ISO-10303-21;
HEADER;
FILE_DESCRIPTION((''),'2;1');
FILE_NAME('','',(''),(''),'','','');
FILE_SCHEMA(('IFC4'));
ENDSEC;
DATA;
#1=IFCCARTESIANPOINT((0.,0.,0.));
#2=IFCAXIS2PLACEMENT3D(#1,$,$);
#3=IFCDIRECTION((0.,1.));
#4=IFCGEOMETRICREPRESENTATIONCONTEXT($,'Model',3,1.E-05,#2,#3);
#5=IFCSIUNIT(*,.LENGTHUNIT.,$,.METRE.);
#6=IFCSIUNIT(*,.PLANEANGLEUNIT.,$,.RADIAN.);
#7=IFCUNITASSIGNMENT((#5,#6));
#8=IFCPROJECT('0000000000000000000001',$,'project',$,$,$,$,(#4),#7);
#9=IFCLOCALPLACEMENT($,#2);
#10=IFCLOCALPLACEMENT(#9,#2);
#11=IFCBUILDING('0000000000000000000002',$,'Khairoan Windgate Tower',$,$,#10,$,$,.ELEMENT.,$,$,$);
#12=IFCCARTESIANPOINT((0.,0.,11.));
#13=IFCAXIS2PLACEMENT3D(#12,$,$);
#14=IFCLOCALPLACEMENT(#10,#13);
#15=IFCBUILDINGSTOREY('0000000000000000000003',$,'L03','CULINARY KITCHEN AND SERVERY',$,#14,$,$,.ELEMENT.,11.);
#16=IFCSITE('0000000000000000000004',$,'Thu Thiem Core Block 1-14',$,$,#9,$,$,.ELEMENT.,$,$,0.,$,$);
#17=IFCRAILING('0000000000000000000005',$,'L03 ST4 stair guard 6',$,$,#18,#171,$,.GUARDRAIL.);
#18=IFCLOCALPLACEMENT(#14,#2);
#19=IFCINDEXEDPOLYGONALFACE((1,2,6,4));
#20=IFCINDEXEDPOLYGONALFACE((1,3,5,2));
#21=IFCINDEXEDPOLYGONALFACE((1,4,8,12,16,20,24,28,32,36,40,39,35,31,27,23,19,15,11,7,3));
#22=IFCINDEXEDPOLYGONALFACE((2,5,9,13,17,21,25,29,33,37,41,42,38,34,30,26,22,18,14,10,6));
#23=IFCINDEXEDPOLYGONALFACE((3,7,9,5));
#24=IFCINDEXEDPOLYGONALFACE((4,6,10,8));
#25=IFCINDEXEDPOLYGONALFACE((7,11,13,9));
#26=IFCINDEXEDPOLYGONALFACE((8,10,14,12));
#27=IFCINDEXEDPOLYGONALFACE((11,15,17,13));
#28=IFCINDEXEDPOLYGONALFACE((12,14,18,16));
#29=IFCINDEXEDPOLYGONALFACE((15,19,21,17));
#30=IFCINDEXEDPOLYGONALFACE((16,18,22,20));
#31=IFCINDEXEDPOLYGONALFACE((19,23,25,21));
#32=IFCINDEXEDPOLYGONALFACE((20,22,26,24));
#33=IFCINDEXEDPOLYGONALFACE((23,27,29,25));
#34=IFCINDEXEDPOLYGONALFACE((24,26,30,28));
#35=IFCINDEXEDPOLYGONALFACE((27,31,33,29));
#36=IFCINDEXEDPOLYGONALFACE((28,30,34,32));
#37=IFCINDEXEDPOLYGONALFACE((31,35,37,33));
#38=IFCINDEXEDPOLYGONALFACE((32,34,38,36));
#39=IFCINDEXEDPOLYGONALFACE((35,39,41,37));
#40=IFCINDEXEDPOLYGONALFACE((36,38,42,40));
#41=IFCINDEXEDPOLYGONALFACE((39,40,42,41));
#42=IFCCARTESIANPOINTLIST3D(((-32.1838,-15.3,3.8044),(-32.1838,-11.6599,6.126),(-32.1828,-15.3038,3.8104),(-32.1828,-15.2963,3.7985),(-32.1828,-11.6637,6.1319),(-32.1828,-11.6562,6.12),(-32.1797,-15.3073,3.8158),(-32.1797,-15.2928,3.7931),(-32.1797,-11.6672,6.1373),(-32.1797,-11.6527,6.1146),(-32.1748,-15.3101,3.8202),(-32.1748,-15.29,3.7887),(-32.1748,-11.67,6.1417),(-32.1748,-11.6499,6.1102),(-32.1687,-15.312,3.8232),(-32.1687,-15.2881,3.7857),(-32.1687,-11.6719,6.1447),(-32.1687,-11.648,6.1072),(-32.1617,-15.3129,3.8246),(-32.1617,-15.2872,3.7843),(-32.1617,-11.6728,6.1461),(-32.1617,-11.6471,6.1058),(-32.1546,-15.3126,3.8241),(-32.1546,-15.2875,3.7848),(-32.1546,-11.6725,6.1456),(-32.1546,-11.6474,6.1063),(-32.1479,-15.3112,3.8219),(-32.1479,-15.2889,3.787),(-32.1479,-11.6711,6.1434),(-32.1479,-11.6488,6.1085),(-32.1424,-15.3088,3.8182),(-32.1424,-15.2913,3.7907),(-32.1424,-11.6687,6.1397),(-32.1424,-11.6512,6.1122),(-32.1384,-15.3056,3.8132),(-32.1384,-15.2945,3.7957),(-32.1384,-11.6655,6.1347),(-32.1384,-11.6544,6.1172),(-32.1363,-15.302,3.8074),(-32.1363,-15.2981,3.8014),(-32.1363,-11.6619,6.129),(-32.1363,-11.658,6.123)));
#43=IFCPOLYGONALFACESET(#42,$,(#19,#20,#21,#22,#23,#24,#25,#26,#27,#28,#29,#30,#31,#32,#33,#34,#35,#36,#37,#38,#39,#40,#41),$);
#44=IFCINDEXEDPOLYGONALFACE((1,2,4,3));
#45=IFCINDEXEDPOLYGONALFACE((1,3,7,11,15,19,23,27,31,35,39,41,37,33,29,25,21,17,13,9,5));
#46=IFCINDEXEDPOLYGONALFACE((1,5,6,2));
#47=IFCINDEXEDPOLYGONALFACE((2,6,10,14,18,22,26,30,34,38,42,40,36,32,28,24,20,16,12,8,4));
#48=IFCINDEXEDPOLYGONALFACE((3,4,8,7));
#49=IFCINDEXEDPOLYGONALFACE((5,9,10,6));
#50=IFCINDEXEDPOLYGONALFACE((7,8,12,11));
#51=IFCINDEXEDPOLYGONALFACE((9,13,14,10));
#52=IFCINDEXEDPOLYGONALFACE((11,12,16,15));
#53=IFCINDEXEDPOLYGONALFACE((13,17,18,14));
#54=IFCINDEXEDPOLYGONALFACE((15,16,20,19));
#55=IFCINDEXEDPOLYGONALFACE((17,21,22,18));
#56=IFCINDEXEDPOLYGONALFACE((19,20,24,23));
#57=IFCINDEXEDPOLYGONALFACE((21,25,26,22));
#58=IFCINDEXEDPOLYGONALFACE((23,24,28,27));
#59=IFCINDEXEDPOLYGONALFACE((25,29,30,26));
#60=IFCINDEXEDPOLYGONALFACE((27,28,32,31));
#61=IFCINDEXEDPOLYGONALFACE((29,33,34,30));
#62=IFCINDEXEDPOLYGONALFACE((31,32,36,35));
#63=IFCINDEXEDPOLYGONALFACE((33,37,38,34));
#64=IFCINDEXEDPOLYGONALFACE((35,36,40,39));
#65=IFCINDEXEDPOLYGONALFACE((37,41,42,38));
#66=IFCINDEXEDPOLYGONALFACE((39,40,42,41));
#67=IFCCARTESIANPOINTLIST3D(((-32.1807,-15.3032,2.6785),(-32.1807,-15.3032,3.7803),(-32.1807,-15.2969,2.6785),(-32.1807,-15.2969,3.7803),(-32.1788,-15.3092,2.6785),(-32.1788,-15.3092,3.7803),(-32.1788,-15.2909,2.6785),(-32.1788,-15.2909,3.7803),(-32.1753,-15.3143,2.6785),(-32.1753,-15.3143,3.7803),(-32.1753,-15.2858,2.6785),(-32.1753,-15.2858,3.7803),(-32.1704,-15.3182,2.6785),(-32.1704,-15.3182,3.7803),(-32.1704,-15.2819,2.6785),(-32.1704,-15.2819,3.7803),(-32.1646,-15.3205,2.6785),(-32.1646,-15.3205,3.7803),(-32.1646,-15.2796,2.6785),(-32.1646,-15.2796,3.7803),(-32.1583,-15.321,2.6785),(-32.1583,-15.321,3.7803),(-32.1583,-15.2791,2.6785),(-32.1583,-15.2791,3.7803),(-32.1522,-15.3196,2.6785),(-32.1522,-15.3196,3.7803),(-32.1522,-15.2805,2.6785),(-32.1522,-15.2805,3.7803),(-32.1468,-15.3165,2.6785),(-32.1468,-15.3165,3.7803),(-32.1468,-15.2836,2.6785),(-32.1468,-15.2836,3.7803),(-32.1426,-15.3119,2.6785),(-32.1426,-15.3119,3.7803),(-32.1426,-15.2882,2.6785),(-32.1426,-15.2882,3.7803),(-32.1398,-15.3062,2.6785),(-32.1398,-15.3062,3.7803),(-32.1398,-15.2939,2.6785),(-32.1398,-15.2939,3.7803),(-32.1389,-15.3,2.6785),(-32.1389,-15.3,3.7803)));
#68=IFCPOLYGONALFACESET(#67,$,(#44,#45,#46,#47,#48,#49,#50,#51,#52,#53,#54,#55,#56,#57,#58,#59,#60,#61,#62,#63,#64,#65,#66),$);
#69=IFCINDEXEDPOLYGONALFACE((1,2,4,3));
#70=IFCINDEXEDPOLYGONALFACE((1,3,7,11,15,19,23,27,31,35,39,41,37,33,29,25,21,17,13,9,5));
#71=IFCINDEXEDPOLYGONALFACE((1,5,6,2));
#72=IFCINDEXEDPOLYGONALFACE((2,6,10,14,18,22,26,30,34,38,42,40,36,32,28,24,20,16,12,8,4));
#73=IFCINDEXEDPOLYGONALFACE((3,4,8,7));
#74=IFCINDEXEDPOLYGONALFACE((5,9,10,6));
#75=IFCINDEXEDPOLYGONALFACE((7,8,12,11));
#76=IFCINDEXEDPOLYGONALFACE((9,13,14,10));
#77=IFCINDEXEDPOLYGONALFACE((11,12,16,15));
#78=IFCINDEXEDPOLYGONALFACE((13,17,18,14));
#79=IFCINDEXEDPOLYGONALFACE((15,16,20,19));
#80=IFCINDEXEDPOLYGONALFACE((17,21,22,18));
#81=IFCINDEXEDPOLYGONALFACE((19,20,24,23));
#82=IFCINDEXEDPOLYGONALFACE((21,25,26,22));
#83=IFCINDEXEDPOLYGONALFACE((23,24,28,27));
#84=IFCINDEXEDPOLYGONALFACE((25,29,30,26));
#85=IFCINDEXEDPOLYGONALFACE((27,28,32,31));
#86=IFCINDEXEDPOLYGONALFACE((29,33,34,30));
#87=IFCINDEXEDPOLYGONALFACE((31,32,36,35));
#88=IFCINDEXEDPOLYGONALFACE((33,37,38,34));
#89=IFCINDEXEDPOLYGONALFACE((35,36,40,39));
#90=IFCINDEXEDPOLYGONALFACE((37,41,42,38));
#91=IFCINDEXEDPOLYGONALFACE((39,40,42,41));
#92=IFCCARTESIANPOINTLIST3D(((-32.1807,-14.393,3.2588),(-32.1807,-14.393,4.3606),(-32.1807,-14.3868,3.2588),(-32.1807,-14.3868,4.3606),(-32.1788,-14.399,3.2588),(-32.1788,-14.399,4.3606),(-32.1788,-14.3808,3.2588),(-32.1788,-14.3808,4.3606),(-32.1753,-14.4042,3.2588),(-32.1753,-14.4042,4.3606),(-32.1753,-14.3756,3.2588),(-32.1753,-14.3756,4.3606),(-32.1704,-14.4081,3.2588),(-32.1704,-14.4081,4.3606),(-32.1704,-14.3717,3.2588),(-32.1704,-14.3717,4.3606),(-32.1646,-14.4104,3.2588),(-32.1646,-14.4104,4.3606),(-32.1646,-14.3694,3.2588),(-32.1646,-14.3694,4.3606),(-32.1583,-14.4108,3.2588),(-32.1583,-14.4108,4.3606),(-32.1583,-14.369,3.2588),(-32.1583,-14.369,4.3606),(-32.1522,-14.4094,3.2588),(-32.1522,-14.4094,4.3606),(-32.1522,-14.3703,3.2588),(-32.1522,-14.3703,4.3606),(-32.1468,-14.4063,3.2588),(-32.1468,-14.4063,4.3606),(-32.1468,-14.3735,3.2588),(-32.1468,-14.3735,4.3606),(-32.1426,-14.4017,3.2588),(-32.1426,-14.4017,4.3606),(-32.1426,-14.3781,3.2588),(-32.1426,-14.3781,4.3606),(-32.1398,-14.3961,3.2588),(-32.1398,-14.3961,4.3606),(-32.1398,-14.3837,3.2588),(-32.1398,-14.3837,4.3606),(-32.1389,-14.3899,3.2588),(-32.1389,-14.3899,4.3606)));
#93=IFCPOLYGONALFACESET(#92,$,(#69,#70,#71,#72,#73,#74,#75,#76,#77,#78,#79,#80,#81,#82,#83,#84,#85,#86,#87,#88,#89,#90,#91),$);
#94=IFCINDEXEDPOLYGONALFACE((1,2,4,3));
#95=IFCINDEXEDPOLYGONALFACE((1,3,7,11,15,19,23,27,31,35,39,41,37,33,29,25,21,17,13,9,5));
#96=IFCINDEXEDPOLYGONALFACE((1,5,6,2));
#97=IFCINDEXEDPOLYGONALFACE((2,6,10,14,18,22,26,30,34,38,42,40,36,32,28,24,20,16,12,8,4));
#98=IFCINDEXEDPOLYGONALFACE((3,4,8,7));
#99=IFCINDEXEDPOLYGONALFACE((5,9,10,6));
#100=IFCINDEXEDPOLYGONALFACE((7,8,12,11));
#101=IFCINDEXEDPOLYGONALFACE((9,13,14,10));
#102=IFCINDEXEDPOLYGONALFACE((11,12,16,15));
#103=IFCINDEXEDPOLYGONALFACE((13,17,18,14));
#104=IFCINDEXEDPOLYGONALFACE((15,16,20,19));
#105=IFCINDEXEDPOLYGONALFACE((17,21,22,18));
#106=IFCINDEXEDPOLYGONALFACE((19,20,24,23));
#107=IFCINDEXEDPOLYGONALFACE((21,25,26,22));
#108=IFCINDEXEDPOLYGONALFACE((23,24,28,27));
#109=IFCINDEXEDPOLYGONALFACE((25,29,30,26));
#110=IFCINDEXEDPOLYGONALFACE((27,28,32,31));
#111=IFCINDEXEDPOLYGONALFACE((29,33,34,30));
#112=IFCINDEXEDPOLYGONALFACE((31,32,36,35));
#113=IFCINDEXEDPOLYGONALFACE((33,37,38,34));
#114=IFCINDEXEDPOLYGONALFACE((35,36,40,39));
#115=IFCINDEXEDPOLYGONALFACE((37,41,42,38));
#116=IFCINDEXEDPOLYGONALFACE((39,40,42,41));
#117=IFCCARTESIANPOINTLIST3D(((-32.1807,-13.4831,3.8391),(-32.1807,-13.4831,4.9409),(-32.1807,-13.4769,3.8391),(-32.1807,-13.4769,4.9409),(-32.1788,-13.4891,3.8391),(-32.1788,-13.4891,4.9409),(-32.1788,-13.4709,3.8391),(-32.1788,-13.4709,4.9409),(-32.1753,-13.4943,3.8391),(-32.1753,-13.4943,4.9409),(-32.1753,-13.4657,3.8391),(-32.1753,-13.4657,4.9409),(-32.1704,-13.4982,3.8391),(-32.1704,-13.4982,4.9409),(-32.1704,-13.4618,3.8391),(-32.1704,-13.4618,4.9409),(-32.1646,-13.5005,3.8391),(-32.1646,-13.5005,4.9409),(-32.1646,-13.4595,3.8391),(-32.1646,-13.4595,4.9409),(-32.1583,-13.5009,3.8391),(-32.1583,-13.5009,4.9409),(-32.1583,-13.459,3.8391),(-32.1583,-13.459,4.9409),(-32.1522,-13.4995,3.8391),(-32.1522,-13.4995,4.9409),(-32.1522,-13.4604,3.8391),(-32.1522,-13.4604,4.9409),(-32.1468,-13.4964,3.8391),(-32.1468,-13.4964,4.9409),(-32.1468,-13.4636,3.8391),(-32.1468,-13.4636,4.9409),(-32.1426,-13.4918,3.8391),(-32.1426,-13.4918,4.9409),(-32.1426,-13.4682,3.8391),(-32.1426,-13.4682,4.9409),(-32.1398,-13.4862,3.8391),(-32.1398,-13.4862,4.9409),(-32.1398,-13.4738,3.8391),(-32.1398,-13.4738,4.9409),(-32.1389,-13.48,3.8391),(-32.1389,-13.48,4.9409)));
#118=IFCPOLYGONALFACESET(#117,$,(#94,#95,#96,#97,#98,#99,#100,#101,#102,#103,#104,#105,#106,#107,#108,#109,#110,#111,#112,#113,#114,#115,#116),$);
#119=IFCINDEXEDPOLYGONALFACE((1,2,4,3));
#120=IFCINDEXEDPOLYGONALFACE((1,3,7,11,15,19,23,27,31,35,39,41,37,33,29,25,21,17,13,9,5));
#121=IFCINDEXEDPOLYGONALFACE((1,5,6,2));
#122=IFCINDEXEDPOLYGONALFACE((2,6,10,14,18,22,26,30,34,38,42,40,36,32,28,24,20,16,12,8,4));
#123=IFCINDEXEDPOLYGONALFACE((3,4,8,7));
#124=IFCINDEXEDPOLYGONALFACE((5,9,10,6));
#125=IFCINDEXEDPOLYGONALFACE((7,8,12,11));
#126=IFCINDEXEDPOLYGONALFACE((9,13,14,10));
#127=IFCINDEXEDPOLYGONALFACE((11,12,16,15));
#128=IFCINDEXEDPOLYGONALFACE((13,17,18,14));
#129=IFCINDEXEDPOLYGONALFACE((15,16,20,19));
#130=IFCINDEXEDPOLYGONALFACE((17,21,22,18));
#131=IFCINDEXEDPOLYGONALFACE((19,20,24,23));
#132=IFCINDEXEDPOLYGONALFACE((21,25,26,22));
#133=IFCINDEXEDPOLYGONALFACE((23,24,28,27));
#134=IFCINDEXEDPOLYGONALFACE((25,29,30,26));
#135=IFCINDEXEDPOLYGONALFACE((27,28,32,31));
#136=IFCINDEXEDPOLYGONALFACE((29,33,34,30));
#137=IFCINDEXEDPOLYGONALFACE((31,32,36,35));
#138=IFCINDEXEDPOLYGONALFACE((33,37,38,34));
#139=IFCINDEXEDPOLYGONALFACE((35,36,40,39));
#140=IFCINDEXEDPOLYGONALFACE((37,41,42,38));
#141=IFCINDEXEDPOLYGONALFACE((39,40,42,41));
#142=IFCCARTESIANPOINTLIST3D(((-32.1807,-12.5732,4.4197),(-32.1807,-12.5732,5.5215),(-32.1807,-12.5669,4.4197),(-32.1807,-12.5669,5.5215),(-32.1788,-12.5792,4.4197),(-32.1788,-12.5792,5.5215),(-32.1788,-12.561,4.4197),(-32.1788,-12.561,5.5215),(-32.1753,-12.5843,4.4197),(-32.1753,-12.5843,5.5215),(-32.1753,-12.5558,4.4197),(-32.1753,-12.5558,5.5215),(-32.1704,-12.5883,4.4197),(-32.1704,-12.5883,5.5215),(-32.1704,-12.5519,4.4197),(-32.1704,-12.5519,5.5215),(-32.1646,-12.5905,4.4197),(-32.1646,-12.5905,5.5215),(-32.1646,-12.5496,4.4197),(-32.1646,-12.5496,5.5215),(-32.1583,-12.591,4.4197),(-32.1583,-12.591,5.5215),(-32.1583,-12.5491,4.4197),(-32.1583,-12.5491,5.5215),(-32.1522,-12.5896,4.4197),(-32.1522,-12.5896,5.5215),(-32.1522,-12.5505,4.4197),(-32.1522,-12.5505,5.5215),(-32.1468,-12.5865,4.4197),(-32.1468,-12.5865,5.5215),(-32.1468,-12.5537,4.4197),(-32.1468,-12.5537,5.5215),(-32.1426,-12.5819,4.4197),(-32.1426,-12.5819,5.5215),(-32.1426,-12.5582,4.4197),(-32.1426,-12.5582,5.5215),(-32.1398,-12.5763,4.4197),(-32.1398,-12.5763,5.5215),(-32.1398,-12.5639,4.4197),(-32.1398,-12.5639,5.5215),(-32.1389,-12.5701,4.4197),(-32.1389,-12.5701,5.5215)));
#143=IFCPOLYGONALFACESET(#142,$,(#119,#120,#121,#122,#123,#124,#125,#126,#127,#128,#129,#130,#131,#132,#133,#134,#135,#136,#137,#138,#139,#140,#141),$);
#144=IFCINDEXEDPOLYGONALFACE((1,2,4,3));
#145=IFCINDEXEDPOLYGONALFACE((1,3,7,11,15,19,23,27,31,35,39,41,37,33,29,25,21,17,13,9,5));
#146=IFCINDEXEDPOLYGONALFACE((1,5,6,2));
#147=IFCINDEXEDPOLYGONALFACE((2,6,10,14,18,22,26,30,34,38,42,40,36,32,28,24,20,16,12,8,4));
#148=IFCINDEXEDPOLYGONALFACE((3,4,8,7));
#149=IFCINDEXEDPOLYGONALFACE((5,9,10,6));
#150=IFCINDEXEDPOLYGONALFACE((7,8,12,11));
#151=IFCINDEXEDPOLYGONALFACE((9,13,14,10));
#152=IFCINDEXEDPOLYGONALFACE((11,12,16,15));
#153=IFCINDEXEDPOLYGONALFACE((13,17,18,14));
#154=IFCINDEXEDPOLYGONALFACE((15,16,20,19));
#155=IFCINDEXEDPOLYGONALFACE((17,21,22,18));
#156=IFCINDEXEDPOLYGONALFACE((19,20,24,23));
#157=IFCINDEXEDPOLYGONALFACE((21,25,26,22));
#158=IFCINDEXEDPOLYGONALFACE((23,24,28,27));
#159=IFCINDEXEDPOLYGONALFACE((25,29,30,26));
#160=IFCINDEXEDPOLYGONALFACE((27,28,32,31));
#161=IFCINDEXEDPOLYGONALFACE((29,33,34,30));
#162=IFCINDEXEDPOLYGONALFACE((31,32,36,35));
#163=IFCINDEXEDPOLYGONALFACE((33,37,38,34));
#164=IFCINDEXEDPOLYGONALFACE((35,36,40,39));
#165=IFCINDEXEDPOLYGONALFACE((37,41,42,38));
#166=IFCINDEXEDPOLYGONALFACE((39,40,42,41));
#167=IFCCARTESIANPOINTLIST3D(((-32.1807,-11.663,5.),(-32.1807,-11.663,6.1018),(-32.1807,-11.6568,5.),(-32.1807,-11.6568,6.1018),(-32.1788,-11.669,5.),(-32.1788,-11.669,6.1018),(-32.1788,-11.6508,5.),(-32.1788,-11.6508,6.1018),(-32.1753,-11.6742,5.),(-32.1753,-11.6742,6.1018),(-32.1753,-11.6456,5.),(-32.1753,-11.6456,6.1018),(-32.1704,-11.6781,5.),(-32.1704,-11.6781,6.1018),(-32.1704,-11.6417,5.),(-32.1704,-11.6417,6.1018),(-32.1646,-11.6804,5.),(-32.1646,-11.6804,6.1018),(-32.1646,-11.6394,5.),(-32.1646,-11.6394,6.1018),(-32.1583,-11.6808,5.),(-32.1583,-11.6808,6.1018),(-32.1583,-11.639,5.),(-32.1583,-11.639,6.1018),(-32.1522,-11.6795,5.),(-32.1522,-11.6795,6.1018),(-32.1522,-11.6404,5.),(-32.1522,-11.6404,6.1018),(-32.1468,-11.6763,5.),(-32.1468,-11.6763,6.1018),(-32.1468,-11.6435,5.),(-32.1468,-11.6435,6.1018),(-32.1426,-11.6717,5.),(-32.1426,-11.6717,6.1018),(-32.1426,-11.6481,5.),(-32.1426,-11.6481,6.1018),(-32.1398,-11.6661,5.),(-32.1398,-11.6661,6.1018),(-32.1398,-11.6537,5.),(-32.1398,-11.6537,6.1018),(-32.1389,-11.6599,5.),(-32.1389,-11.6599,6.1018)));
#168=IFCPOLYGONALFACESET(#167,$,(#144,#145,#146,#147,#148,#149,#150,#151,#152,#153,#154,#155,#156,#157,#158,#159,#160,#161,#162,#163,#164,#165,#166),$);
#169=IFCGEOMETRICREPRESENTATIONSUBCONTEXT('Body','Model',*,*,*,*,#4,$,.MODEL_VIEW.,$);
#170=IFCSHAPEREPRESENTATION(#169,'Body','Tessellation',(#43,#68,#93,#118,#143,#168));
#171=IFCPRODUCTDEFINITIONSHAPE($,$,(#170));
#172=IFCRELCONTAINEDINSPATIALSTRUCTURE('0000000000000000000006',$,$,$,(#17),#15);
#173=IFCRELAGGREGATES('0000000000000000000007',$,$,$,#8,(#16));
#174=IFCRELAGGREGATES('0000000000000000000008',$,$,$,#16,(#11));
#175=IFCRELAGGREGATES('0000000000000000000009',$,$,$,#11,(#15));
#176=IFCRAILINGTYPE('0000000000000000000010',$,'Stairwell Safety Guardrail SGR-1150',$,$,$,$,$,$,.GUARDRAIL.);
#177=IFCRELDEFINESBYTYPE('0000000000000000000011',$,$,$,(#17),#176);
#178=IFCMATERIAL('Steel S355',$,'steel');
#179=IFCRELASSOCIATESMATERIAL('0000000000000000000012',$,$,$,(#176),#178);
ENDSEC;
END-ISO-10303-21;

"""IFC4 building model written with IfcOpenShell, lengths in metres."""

from ifc_helpers import new_model, si_unit, direction, frame, origin, origin_2d, place, context, subcontext, project, spatial, circle, extrude, material, type_object, element, save


model = new_model("IFC4")

# Units and contexts
model_context = context("Model", 3, precision=1e-05, world=origin(), true_north=direction((0.0, 1.0)))
body_context = subcontext(model_context, "Body", "Model", "MODEL_VIEW")
ifc_project = project(units=[si_unit("LENGTHUNIT", "METRE"), si_unit("PLANEANGLEUNIT", "RADIAN")], contexts=[model_context])

# Site, building, storey
site_placement = place(None, origin())
site = spatial("IfcSite", under=ifc_project, at=site_placement, Name="Thu Thiem Core Block 1-14", CompositionType="ELEMENT", RefElevation=0.0)
building_placement = place(site_placement, origin())
building = spatial("IfcBuilding", under=site, at=building_placement, Name="Khairoan Windgate Tower", CompositionType="ELEMENT")
storey_placement = place(building_placement, frame((0.0, 0.0, 11.0)))
storey = spatial("IfcBuildingStorey", under=building, at=storey_placement, Name="L03", Description="CULINARY KITCHEN AND SERVERY", CompositionType="ELEMENT", Elevation=11.0)

# Railing
ifc_material_1 = material(Name="Steel S355", Category="steel")
railing_type = type_object("IfcRailingType", Name="Stairwell Safety Guardrail SGR-1150", PredefinedType="GUARDRAIL", material=ifc_material_1)
railing_1_placement = place(storey_placement, frame((-32.1599, -15.3, 2.6785)))
element("IfcRailing", 1, at=railing_1_placement, inside=storey, type_object=railing_type, Name="L03 ST4 stair guard 6", PredefinedType="GUARDRAIL", context=body_context, shape_type="SweptSolid", body=[
    extrude(circle(Radius=0.0239, at=origin_2d()), frame((0.0, 0.0, 1.126), z_axis=(0.0, 0.843128, 0.537713), x_axis=(-1.0, 0.0, 0.0)), (0.0, 0.0, 1.0), 4.3174),
    extrude(circle(Radius=0.021, at=origin_2d()), origin(), (0.0, 0.0, 1.0), 1.1018),
    extrude(circle(Radius=0.021, at=origin_2d()), frame((0.0, 0.9102, 0.5803)), (0.0, 0.0, 1.0), 1.1018),
    extrude(circle(Radius=0.021, at=origin_2d()), frame((0.0, 1.8201, 1.1606)), (0.0, 0.0, 1.0), 1.1018),
    extrude(circle(Radius=0.021, at=origin_2d()), frame((0.0, 2.73, 1.7412)), (0.0, 0.0, 1.0), 1.1018),
    extrude(circle(Radius=0.021, at=origin_2d()), frame((0.0, 3.6401, 2.3215)), (0.0, 0.0, 1.0), 1.1018),
])

save(model, "model.ifc")
